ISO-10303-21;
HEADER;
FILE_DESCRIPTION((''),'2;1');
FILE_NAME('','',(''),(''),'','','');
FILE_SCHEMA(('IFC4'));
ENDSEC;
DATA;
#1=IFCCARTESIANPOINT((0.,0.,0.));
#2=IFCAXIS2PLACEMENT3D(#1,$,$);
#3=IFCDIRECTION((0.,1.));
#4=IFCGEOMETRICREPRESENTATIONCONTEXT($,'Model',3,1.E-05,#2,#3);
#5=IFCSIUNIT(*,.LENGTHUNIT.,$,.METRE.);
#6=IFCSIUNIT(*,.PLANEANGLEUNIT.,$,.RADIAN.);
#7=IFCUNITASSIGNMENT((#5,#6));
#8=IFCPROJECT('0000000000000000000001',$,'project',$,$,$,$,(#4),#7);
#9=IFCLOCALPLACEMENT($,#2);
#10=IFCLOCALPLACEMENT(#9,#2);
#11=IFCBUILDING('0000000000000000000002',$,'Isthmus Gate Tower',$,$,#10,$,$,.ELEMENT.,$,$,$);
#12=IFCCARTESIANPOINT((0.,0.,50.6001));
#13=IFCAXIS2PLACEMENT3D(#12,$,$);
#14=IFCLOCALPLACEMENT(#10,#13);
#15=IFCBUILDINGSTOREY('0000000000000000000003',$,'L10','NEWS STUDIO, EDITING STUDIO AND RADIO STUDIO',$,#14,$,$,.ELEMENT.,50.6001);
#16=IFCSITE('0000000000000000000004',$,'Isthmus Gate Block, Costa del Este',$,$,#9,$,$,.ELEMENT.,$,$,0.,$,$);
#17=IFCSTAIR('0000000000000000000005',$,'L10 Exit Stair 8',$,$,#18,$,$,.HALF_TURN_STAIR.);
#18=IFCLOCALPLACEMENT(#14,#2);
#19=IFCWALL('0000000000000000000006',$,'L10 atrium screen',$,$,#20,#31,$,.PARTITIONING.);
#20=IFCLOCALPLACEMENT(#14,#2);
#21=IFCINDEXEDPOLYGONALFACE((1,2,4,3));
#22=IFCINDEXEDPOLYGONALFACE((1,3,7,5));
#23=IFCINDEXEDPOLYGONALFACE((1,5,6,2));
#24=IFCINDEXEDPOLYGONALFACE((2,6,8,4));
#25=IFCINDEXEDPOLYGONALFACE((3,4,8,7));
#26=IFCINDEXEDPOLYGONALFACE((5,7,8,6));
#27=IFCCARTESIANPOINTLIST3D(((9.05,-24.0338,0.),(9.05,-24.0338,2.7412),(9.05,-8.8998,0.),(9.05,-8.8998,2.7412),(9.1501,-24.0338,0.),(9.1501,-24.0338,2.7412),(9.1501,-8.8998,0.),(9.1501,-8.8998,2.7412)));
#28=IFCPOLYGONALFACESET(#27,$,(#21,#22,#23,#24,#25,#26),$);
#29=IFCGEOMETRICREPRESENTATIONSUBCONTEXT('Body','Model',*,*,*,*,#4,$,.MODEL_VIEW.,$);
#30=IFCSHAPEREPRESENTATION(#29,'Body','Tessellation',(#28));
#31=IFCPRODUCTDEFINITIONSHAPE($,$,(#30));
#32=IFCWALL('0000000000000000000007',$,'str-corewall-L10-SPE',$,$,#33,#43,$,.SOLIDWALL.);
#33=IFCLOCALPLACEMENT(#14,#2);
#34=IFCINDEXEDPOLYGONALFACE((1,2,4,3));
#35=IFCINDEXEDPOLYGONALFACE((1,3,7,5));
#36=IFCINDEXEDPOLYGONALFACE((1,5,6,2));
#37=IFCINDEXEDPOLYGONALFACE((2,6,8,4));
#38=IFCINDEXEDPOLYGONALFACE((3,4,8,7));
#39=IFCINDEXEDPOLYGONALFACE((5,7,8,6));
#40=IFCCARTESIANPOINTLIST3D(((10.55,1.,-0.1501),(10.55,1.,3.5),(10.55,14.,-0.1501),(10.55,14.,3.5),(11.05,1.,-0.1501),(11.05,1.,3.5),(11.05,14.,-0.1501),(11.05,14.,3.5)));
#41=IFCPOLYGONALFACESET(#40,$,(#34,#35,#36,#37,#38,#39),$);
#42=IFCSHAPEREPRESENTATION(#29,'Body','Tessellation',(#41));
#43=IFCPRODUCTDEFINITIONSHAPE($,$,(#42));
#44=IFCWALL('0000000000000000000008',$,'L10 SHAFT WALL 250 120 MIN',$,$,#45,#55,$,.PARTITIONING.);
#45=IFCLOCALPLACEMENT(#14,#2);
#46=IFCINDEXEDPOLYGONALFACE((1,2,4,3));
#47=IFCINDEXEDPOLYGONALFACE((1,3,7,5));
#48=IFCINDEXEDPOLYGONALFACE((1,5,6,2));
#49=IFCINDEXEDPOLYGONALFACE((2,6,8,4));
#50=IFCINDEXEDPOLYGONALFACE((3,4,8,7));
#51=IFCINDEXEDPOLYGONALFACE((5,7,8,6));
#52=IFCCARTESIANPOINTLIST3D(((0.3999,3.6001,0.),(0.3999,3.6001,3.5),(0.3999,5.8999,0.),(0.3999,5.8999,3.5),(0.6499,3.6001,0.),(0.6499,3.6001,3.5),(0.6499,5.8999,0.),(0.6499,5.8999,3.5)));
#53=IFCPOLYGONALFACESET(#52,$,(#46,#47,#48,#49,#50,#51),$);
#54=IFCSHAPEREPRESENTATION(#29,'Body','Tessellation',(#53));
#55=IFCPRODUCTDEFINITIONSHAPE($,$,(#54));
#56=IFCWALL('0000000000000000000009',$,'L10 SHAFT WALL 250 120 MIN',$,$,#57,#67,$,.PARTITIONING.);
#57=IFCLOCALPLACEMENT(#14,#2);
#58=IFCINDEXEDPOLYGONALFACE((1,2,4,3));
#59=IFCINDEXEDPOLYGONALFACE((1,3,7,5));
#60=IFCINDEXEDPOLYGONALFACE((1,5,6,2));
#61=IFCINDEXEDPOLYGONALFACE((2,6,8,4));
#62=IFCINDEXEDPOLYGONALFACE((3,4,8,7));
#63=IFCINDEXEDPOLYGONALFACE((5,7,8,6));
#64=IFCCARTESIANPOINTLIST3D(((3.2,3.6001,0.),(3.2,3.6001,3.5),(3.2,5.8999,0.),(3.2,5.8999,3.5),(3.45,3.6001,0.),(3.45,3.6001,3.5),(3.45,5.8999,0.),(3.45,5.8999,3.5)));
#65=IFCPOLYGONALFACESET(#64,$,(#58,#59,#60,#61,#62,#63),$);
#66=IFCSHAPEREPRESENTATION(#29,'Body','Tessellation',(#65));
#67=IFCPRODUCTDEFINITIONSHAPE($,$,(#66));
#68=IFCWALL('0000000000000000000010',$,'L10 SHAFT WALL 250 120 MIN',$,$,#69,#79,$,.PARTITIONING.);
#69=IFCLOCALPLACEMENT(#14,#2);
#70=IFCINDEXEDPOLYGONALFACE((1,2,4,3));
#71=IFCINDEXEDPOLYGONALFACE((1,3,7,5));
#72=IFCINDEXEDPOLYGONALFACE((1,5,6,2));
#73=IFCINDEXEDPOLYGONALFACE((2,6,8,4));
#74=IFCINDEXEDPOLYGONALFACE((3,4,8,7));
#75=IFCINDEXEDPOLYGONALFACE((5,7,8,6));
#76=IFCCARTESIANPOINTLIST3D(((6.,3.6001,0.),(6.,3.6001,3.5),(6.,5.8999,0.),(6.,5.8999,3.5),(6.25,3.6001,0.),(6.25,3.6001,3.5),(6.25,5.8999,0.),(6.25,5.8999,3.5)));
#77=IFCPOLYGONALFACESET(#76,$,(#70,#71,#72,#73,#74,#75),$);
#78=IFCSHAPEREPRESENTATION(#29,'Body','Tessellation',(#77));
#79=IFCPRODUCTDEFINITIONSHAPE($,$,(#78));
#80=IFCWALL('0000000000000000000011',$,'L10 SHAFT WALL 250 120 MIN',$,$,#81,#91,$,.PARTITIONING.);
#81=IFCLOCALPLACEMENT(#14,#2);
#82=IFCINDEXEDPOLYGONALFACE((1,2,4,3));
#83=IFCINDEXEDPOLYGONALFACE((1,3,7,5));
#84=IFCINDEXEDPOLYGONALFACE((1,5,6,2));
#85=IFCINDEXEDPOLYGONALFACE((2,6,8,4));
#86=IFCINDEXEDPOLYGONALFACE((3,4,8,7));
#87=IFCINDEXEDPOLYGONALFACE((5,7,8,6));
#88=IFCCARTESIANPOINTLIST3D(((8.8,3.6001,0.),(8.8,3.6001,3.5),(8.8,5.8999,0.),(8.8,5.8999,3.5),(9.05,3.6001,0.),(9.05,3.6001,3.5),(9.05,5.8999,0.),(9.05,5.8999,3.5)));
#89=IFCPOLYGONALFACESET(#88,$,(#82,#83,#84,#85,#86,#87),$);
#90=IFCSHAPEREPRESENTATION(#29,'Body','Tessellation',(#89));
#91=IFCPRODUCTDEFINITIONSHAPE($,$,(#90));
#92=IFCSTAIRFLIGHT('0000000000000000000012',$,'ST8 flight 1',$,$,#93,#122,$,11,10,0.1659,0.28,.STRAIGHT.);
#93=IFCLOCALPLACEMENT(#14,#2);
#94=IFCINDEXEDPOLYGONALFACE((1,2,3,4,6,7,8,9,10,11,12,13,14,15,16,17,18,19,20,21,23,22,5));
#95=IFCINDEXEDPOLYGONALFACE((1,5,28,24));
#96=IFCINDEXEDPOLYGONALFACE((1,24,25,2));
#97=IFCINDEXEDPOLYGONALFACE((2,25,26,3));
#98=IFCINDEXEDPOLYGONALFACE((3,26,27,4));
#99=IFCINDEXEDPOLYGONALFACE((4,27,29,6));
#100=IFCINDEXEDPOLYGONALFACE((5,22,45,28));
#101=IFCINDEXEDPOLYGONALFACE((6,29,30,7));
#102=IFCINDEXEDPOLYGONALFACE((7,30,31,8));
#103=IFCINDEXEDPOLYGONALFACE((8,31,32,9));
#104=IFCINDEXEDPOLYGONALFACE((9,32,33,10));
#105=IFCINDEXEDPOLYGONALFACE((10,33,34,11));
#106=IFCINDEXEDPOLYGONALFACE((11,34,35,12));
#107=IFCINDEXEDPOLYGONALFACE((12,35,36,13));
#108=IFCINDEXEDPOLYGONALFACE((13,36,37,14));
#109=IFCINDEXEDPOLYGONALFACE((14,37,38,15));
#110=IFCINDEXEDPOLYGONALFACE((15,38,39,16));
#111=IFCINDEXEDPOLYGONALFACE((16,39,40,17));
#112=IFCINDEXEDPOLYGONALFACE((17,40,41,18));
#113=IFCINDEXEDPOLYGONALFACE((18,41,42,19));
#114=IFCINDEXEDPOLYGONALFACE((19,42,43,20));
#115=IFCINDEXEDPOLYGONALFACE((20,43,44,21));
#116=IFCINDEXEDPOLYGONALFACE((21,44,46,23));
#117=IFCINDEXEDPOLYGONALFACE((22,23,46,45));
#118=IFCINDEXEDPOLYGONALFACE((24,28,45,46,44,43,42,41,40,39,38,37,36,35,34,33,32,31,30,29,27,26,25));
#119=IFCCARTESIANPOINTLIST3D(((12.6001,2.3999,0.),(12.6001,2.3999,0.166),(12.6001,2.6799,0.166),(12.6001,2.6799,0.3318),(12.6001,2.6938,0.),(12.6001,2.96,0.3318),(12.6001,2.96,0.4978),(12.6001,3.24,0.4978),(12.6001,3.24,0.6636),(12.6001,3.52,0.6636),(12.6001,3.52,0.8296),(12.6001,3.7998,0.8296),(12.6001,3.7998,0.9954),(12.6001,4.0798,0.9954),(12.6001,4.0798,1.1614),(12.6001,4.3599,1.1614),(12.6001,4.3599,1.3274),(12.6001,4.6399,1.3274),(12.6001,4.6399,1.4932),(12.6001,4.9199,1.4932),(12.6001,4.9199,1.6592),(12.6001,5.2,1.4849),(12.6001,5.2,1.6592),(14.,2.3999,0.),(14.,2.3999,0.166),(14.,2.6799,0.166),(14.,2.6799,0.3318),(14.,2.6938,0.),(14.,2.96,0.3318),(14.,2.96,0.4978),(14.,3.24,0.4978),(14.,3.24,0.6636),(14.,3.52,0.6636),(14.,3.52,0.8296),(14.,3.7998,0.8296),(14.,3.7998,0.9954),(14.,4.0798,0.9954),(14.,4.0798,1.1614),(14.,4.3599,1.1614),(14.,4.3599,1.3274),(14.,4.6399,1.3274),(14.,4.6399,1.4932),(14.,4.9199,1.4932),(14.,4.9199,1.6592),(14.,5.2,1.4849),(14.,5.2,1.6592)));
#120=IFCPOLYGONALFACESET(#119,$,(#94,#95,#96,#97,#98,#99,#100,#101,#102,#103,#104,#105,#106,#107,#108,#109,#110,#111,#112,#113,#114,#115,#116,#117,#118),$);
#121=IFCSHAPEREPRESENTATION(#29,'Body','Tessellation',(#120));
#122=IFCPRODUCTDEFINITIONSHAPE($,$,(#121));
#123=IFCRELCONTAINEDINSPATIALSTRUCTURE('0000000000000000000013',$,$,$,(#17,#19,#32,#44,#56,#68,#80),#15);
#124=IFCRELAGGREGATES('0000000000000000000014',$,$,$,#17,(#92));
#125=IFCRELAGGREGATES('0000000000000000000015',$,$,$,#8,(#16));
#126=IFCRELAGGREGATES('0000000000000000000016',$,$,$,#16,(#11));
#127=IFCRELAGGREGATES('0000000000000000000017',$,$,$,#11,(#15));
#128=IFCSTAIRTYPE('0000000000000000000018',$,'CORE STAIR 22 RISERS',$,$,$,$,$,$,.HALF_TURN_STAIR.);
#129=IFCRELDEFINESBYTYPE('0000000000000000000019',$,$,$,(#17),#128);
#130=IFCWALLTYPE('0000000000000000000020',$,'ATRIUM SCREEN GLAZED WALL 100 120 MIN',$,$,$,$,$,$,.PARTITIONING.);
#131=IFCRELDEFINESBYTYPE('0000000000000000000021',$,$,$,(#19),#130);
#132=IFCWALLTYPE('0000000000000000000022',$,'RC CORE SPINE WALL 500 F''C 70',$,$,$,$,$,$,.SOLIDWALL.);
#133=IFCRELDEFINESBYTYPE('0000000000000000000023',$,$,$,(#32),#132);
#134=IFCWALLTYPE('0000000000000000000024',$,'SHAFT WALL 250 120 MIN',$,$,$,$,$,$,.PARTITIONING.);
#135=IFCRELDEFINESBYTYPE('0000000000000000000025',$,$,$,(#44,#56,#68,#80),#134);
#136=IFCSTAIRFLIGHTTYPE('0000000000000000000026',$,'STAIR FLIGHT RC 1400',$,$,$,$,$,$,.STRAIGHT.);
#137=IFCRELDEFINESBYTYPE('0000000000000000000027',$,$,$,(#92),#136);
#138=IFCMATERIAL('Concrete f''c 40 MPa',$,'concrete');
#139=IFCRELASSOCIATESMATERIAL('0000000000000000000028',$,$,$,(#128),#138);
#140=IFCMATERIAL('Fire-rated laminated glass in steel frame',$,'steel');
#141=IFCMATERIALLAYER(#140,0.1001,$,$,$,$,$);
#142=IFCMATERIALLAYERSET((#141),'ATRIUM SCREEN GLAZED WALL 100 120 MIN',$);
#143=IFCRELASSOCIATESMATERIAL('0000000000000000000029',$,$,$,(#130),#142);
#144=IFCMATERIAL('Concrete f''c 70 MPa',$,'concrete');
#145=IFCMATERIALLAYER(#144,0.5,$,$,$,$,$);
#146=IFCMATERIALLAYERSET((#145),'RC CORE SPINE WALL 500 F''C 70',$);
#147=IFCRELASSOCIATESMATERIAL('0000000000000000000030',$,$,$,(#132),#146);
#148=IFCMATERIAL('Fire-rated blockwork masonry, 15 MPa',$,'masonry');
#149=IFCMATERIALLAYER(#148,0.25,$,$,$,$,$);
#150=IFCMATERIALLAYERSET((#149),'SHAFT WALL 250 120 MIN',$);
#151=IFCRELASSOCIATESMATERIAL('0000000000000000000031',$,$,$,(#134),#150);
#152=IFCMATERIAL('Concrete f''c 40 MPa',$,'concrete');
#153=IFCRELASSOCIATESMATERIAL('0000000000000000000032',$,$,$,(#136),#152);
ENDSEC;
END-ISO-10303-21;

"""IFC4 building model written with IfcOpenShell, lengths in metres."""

from ifc_helpers import new_model, si_unit, direction, frame, frame_2d, origin, place, context, subcontext, project, spatial, polyline, rectangle, outline, extrude, material, layer, layer_set, type_object, element, aggregate, save


model = new_model("IFC4")

# Units and contexts
model_context = context("Model", 3, precision=1e-05, world=origin(), true_north=direction((0.0, 1.0)))
body_context = subcontext(model_context, "Body", "Model", "MODEL_VIEW")
ifc_project = project(units=[si_unit("LENGTHUNIT", "METRE"), si_unit("PLANEANGLEUNIT", "RADIAN")], contexts=[model_context])

# Site, building, storey
site_placement = place(None, origin())
site = spatial("IfcSite", under=ifc_project, at=site_placement, Name="Isthmus Gate Block, Costa del Este", CompositionType="ELEMENT", RefElevation=0.0)
building_placement = place(site_placement, origin())
building = spatial("IfcBuilding", under=site, at=building_placement, Name="Isthmus Gate Tower", CompositionType="ELEMENT")
storey_placement = place(building_placement, frame((0.0, 0.0, 50.6001)))
storey = spatial("IfcBuildingStorey", under=building, at=storey_placement, Name="L10", Description="NEWS STUDIO, EDITING STUDIO AND RADIO STUDIO", CompositionType="ELEMENT", Elevation=50.6001)

# Stair
ifc_material_1 = material(Name="Concrete f'c 40 MPa", Category="concrete")
stair_type = type_object("IfcStairType", Name="CORE STAIR 22 RISERS", PredefinedType="HALF_TURN_STAIR", material=ifc_material_1)
stair_1_placement = place(storey_placement, origin())
stair_1 = element("IfcStair", 1, at=stair_1_placement, inside=storey, type_object=stair_type, Name="L10 Exit Stair 8", PredefinedType="HALF_TURN_STAIR")

# Walls
ifc_material_2 = material(Name="Fire-rated laminated glass in steel frame", Category="steel")
ifc_layer_1 = layer(ifc_material_2, 0.1001)
ifc_layer_set_1 = layer_set([ifc_layer_1], Name="ATRIUM SCREEN GLAZED WALL 100 120 MIN")
wall_type_1 = type_object("IfcWallType", Name="ATRIUM SCREEN GLAZED WALL 100 120 MIN", PredefinedType="PARTITIONING", material=ifc_layer_set_1)
wall_1_placement = place(storey_placement, frame((9.1001, -8.8999, 0.0), z_axis=(0.0, 0.0, 1.0), x_axis=(0.0, -1.0, 0.0)))
element("IfcWall", 2, at=wall_1_placement, inside=storey, type_object=wall_type_1, Name="L10 atrium screen", PredefinedType="PARTITIONING", context=body_context, shape_type="SweptSolid", body=[
    extrude(rectangle(XDim=15.134, YDim=0.1001, at=frame_2d((7.5669, 0.0))), origin(), (0.0, 0.0, 1.0), 2.7412),
])
ifc_material_3 = material(Name="Concrete f'c 70 MPa", Category="concrete")
ifc_layer_2 = layer(ifc_material_3, 0.5)
ifc_layer_set_2 = layer_set([ifc_layer_2], Name="RC CORE SPINE WALL 500 F'C 70")
wall_type_2 = type_object("IfcWallType", Name="RC CORE SPINE WALL 500 F'C 70", PredefinedType="SOLIDWALL", material=ifc_layer_set_2)
wall_2_placement = place(storey_placement, frame((10.8, 1.0, -0.1501), z_axis=(0.0, 0.0, 1.0), x_axis=(0.0, 1.0, 0.0)))
element("IfcWall", 3, at=wall_2_placement, inside=storey, type_object=wall_type_2, Name="str-corewall-L10-SPE", PredefinedType="SOLIDWALL", context=body_context, shape_type="SweptSolid", body=[
    extrude(rectangle(XDim=13.0, YDim=0.5, at=frame_2d((6.5, 0.0))), origin(), (0.0, 0.0, 1.0), 3.6501),
])
ifc_material_4 = material(Name="Fire-rated blockwork masonry, 15 MPa", Category="masonry")
ifc_layer_3 = layer(ifc_material_4, 0.25)
ifc_layer_set_3 = layer_set([ifc_layer_3], Name="SHAFT WALL 250 120 MIN")
wall_type_3 = type_object("IfcWallType", Name="SHAFT WALL 250 120 MIN", PredefinedType="PARTITIONING", material=ifc_layer_set_3)
for number, where, z_axis, x_axis, name in (
    (4, (0.5249, 3.6001, 0.0), (0.0, 0.0, 1.0), (0.0, 1.0, 0.0), "L10 SHAFT WALL 250 120 MIN"),
    (5, (3.325, 3.6001, 0.0), (0.0, 0.0, 1.0), (0.0, 1.0, 0.0), "L10 SHAFT WALL 250 120 MIN"),
    (6, (6.125, 3.6001, 0.0), (0.0, 0.0, 1.0), (0.0, 1.0, 0.0), "L10 SHAFT WALL 250 120 MIN"),
    (7, (8.925, 3.6001, 0.0), (0.0, 0.0, 1.0), (0.0, 1.0, 0.0), "L10 SHAFT WALL 250 120 MIN"),
):
    element("IfcWall", number, at=place(storey_placement, frame(where, z_axis=z_axis, x_axis=x_axis)), inside=storey, type_object=wall_type_3, Name=name, PredefinedType="PARTITIONING", context=body_context, shape_type="SweptSolid", body=[
        extrude(rectangle(XDim=2.2998, YDim=0.25, at=frame_2d((1.1499, 0.0))), origin(), (0.0, 0.0, 1.0), 3.5),
    ])

# Stair flight
ifc_material_5 = material(Name="Concrete f'c 40 MPa", Category="concrete")
stair_flight_type = type_object("IfcStairFlightType", Name="STAIR FLIGHT RC 1400", PredefinedType="STRAIGHT", material=ifc_material_5)
stair_flight_placement = place(storey_placement, frame((13.3, 2.3999, 0.0), z_axis=(0.0, 0.0, 1.0), x_axis=(0.0, 1.0, 0.0)))
stair_flight = element("IfcStairFlight", 8, at=stair_flight_placement, type_object=stair_flight_type, Name="ST8 flight 1", NumberOfRisers=11, NumberOfTreads=10, PredefinedType="STRAIGHT", RiserHeight=0.1659, TreadLength=0.28, context=body_context, shape_type="SweptSolid", body=[
    extrude(outline(polyline([(0.0, 0.0), (0.0, 0.166), (0.28, 0.166), (0.28, 0.3318), (0.5601, 0.3318), (0.5601, 0.4978), (0.8401, 0.4978), (0.8401, 0.6636), (1.1201, 0.6636), (1.1201, 0.8296), (1.3999, 0.8296), (1.3999, 0.9954), (1.6799, 0.9954), (1.6799, 1.1614), (1.96, 1.1614), (1.96, 1.3274), (2.24, 1.3274), (2.24, 1.4932), (2.52, 1.4932), (2.52, 1.6592), (2.8, 1.6592), (2.8, 1.825), (2.8, 1.4849), (0.2939, 0.0), (0.0, 0.0)])), frame((0.0, 0.7, 0.0), z_axis=(0.0, -1.0, 0.0), x_axis=(1.0, 0.0, 0.0)), (0.0, 0.0, 1.0), 1.3999),
])
aggregate(stair_1, [stair_flight])

save(model, "model.ifc")
